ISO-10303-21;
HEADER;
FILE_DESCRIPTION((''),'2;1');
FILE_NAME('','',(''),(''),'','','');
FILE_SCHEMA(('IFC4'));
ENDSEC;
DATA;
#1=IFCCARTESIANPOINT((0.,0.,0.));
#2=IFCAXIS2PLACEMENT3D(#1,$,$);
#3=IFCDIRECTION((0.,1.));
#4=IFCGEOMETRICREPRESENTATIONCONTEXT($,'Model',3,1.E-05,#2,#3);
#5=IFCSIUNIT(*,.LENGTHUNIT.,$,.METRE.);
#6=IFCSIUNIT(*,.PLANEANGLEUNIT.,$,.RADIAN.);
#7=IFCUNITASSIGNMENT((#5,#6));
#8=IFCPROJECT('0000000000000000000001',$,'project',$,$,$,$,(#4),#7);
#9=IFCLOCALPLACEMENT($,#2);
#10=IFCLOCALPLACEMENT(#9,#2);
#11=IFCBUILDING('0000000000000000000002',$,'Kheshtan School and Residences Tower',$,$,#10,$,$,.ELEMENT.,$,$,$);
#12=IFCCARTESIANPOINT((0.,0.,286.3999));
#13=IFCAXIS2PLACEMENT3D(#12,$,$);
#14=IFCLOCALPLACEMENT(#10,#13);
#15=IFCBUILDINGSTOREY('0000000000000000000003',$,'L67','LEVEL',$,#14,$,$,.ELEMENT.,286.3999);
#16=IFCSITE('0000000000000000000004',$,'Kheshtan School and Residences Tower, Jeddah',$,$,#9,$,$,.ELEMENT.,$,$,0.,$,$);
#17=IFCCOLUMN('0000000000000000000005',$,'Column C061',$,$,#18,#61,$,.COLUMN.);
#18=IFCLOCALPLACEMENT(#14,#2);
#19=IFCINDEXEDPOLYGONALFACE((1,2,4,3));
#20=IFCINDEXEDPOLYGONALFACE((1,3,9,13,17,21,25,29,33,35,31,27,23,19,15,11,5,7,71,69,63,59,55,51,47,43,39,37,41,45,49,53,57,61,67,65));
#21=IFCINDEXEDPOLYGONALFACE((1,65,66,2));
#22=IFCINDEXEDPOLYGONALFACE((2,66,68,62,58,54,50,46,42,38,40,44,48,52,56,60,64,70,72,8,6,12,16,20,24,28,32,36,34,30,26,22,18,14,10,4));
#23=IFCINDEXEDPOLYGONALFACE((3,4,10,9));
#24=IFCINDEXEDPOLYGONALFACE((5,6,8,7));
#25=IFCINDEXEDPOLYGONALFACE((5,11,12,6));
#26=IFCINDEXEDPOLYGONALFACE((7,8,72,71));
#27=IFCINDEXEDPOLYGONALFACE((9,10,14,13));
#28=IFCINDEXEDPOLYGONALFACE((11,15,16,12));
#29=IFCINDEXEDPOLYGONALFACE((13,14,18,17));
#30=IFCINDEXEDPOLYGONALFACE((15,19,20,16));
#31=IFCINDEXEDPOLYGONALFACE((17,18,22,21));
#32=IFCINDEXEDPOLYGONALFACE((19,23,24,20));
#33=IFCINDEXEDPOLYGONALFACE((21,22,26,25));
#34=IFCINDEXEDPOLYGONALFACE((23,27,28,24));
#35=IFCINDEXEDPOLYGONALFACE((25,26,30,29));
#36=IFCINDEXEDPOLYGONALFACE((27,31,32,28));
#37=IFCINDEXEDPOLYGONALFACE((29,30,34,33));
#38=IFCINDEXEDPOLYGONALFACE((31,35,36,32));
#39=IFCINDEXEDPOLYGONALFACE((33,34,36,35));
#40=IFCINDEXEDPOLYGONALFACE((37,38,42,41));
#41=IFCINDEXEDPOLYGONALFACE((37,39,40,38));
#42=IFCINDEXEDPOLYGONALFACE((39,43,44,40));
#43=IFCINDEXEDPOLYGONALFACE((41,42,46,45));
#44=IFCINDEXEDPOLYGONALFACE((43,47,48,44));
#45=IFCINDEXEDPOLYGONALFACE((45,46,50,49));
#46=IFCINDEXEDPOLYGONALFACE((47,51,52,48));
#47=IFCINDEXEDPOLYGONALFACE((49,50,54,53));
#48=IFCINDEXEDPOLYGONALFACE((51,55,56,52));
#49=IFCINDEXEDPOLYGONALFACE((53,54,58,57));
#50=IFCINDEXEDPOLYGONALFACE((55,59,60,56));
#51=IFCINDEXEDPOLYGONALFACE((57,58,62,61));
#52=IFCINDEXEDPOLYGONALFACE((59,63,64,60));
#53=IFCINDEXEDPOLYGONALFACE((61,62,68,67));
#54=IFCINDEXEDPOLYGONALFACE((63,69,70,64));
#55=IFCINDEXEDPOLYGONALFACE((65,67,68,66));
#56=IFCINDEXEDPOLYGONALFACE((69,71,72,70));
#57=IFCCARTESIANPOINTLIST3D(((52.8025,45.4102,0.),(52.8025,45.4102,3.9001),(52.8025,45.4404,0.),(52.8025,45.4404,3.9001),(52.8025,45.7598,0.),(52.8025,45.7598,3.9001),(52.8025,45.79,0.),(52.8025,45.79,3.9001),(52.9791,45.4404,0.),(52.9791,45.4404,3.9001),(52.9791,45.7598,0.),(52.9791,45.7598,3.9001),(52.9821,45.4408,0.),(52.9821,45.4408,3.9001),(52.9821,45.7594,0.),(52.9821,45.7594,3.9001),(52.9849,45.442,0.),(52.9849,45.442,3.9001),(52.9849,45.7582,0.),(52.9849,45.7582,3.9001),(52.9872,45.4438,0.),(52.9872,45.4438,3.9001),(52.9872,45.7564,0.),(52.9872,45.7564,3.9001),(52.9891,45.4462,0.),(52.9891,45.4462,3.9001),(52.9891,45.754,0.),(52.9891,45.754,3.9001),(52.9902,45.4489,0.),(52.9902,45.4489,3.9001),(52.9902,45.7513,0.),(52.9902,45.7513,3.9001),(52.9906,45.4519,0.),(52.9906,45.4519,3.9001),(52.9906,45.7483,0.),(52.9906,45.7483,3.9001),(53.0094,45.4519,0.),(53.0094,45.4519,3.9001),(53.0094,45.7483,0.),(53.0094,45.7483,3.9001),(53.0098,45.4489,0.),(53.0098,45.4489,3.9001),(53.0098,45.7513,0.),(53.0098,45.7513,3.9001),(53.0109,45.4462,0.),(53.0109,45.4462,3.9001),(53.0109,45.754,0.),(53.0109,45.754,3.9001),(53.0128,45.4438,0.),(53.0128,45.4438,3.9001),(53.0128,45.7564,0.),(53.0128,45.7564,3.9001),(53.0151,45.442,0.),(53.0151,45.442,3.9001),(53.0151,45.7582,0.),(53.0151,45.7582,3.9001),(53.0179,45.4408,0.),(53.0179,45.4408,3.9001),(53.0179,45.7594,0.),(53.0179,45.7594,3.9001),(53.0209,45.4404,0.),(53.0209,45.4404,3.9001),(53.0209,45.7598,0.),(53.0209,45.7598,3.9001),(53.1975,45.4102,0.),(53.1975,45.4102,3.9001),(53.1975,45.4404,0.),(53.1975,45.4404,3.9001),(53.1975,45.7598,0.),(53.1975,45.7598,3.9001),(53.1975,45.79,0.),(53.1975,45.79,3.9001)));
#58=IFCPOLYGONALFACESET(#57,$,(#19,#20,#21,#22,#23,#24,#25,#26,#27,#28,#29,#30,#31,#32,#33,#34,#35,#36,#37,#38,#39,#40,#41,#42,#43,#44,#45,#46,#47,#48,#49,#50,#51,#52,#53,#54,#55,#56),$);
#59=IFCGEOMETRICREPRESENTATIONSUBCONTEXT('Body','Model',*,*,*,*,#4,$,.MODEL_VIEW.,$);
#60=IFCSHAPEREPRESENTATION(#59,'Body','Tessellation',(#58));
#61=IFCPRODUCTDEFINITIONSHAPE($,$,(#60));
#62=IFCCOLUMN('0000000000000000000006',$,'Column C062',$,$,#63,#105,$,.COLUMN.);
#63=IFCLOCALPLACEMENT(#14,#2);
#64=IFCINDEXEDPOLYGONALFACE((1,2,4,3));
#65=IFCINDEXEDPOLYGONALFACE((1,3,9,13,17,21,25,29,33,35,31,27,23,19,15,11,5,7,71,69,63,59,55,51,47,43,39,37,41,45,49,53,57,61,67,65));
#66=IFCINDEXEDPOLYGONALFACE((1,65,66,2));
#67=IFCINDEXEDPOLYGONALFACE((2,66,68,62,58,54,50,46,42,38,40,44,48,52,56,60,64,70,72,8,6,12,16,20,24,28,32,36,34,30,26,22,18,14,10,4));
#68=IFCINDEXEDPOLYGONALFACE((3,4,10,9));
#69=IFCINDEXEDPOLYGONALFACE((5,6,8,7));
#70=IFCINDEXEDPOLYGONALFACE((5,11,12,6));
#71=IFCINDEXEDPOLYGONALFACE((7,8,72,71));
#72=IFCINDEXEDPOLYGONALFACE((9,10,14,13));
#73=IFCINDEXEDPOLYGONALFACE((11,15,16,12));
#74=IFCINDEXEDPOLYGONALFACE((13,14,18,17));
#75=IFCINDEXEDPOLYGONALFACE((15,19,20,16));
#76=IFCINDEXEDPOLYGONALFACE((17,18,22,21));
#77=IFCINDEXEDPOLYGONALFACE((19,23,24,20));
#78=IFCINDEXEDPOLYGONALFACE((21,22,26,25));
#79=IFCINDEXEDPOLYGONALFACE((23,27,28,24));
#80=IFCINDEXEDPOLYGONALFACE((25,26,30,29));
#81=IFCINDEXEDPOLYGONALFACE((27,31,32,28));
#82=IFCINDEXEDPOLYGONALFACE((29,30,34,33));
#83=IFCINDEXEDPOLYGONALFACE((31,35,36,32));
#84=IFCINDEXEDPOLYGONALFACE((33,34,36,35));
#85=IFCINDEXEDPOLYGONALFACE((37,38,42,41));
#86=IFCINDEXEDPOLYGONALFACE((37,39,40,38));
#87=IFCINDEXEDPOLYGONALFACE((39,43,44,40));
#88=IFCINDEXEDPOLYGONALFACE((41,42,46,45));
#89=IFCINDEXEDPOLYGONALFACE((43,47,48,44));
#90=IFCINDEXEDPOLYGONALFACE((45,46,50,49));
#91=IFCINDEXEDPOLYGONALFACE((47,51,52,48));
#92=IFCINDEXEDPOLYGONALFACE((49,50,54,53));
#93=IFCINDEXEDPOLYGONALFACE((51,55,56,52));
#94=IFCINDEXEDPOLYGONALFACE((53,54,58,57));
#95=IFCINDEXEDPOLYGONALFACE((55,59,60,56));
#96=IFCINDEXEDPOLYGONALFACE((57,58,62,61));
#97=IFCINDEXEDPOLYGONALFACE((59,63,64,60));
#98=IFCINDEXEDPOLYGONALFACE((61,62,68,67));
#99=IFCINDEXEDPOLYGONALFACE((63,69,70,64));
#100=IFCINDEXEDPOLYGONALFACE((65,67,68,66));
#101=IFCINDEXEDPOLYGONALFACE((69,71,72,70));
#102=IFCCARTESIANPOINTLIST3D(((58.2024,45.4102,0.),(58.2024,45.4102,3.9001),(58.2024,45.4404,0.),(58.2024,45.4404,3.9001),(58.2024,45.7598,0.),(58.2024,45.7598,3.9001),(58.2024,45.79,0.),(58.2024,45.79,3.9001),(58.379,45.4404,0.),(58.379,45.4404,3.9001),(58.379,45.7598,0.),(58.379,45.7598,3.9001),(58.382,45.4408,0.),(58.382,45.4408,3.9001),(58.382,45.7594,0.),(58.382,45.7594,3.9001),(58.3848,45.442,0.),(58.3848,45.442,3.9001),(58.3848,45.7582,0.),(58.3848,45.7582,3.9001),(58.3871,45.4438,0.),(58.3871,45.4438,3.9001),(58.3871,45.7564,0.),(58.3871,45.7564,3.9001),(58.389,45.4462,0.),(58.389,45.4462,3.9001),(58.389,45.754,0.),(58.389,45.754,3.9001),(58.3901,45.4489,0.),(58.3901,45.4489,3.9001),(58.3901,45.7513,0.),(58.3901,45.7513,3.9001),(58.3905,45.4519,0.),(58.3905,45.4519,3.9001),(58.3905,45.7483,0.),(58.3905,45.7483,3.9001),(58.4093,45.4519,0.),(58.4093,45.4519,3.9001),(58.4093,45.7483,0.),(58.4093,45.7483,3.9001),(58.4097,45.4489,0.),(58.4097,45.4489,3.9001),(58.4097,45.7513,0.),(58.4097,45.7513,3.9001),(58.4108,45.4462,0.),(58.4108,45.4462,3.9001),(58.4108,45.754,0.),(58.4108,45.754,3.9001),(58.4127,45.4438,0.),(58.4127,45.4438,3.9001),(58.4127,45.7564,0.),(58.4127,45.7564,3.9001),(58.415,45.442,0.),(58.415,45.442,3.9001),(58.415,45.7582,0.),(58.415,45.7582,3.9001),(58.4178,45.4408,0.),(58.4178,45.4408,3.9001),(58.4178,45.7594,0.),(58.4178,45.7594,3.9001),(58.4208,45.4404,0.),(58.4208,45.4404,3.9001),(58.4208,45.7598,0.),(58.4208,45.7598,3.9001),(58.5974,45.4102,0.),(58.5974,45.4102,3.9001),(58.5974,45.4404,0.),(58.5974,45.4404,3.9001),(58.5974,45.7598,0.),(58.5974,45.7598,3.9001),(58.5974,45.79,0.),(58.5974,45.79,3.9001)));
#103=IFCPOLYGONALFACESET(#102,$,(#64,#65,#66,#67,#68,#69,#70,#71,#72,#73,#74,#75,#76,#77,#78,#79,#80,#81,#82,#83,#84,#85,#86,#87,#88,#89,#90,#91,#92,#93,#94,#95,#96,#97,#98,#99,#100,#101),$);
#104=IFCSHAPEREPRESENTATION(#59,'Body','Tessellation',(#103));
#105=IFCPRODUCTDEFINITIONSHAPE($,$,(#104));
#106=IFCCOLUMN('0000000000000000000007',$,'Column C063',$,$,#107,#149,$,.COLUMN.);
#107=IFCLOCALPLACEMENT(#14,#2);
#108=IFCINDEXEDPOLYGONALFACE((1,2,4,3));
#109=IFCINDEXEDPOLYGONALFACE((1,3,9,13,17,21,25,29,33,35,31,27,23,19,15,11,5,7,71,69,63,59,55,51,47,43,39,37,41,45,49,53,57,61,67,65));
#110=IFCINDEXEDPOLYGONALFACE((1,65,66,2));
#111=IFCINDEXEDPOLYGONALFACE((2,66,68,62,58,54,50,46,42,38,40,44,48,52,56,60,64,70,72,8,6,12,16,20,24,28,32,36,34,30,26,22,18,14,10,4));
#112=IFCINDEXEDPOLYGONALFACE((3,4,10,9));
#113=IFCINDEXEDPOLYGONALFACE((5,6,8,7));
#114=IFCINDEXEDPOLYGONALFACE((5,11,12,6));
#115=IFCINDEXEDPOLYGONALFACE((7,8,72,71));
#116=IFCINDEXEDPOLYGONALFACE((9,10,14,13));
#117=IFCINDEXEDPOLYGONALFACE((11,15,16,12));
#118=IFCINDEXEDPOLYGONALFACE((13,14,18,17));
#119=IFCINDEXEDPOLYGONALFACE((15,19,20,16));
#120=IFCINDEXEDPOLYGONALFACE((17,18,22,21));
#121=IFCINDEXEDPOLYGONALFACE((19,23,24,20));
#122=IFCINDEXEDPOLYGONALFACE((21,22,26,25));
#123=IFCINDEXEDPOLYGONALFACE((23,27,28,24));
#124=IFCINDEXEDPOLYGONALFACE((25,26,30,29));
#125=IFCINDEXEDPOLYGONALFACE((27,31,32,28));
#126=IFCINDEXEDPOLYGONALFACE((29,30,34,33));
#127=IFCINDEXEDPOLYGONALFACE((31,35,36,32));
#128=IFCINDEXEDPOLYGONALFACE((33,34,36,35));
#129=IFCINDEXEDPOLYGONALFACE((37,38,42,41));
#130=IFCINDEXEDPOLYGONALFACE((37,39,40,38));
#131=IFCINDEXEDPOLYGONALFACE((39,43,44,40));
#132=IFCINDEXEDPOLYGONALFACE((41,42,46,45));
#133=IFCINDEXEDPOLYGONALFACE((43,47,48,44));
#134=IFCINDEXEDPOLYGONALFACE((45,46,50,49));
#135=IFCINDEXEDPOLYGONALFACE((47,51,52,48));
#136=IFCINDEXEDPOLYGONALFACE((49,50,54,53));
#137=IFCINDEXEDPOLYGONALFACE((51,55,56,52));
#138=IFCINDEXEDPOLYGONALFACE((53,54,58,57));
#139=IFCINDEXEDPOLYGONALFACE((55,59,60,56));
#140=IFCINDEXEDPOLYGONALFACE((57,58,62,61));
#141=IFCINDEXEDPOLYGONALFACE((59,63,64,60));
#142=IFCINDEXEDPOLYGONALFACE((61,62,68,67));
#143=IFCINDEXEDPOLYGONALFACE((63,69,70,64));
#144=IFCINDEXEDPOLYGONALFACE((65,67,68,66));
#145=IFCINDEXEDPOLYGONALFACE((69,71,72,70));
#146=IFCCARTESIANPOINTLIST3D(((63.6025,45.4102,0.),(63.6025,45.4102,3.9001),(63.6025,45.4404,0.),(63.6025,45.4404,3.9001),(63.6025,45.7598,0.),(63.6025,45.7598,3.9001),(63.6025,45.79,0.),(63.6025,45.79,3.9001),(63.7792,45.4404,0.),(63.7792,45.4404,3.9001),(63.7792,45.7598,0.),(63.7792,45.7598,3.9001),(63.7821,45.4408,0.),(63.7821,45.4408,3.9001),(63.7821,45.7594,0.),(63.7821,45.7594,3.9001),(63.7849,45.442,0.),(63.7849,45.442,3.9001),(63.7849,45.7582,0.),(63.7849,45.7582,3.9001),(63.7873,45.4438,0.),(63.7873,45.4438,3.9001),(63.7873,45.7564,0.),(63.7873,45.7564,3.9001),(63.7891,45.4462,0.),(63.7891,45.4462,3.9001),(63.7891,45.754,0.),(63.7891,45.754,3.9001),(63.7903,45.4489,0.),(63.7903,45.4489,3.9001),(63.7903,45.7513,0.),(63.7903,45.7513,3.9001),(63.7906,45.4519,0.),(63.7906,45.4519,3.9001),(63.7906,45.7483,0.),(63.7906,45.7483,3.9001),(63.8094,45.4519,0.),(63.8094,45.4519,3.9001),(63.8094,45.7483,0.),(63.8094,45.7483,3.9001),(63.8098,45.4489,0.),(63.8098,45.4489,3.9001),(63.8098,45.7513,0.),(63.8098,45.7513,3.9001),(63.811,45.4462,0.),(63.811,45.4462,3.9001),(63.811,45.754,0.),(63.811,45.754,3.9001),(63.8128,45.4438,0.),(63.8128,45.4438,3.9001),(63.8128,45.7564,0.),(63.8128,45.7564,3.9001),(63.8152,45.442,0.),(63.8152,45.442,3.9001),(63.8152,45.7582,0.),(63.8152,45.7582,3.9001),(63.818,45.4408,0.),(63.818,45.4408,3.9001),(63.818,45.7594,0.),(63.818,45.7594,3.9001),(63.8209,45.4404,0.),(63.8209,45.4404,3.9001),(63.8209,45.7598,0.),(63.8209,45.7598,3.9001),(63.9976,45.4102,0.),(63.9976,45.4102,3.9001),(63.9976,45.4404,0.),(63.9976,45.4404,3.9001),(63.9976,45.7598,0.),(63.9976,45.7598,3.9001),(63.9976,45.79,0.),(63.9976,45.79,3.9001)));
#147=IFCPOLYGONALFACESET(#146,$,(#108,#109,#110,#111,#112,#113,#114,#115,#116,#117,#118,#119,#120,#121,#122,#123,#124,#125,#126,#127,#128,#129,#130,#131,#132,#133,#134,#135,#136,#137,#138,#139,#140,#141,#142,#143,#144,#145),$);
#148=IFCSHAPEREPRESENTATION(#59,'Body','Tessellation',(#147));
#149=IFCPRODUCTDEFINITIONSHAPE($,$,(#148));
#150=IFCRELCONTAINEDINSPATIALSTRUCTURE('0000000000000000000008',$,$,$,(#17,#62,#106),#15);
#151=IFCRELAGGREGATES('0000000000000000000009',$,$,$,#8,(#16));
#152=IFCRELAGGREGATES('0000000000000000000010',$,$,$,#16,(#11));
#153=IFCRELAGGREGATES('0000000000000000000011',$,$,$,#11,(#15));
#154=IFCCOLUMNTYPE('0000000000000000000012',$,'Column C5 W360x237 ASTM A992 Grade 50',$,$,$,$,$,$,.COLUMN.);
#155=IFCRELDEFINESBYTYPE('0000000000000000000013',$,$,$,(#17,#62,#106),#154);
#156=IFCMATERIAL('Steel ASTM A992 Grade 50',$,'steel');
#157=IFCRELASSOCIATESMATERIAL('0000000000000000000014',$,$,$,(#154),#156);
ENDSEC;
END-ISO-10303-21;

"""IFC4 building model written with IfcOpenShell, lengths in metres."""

from ifc_helpers import new_model, si_unit, direction, frame, origin, origin_2d, place, context, subcontext, project, spatial, i_section, extrude, material, material_profile, profile_set, type_object, element, save


model = new_model("IFC4")

# Units and contexts
model_context = context("Model", 3, precision=1e-05, world=origin(), true_north=direction((0.0, 1.0)))
body_context = subcontext(model_context, "Body", "Model", "MODEL_VIEW")
ifc_project = project(units=[si_unit("LENGTHUNIT", "METRE"), si_unit("PLANEANGLEUNIT", "RADIAN")], contexts=[model_context])

# Site, building, storey
site_placement = place(None, origin())
site = spatial("IfcSite", under=ifc_project, at=site_placement, Name="Kheshtan School and Residences Tower, Jeddah", CompositionType="ELEMENT", RefElevation=0.0)
building_placement = place(site_placement, origin())
building = spatial("IfcBuilding", under=site, at=building_placement, Name="Kheshtan School and Residences Tower", CompositionType="ELEMENT")
storey_placement = place(building_placement, frame((0.0, 0.0, 286.3999)))
storey = spatial("IfcBuildingStorey", under=building, at=storey_placement, Name="L67", Description="LEVEL", CompositionType="ELEMENT", Elevation=286.3999)

# Columns
ifc_material_1 = material(Name="Steel ASTM A992 Grade 50", Category="steel")
ifc_material_profile_1 = material_profile(ifc_material_1, i_section(OverallWidth=0.395, OverallDepth=0.3799, WebThickness=0.0188, FlangeThickness=0.0303, FilletRadius=0.0115, at=origin_2d()), Name="W360x237")
ifc_profile_set_1 = profile_set([ifc_material_profile_1], Name="Steel ASTM A992 Grade 50")
column_type_1 = type_object("IfcColumnType", Name="Column C5 W360x237 ASTM A992 Grade 50", PredefinedType="COLUMN", material=ifc_profile_set_1)
for number, where, z_axis, x_axis, name in (
    (1, (53.0, 45.6001, 0.0), (0.0, 0.0, 1.0), (1.0, 0.0, 0.0), "Column C061"),
    (2, (58.3999, 45.6001, 0.0), (0.0, 0.0, 1.0), (1.0, 0.0, 0.0), "Column C062"),
    (3, (63.8, 45.6001, 0.0), (0.0, 0.0, 1.0), (1.0, 0.0, 0.0), "Column C063"),
):
    element("IfcColumn", number, at=place(storey_placement, frame(where, z_axis=z_axis, x_axis=x_axis)), inside=storey, type_object=column_type_1, Name=name, PredefinedType="COLUMN", context=body_context, shape_type="SweptSolid", body=[
        extrude(i_section(OverallWidth=0.395, OverallDepth=0.3799, WebThickness=0.0188, FlangeThickness=0.0303, FilletRadius=0.0115, at=origin_2d()), origin(), (0.0, 0.0, 1.0), 3.9001),
    ])

save(model, "model.ifc")
